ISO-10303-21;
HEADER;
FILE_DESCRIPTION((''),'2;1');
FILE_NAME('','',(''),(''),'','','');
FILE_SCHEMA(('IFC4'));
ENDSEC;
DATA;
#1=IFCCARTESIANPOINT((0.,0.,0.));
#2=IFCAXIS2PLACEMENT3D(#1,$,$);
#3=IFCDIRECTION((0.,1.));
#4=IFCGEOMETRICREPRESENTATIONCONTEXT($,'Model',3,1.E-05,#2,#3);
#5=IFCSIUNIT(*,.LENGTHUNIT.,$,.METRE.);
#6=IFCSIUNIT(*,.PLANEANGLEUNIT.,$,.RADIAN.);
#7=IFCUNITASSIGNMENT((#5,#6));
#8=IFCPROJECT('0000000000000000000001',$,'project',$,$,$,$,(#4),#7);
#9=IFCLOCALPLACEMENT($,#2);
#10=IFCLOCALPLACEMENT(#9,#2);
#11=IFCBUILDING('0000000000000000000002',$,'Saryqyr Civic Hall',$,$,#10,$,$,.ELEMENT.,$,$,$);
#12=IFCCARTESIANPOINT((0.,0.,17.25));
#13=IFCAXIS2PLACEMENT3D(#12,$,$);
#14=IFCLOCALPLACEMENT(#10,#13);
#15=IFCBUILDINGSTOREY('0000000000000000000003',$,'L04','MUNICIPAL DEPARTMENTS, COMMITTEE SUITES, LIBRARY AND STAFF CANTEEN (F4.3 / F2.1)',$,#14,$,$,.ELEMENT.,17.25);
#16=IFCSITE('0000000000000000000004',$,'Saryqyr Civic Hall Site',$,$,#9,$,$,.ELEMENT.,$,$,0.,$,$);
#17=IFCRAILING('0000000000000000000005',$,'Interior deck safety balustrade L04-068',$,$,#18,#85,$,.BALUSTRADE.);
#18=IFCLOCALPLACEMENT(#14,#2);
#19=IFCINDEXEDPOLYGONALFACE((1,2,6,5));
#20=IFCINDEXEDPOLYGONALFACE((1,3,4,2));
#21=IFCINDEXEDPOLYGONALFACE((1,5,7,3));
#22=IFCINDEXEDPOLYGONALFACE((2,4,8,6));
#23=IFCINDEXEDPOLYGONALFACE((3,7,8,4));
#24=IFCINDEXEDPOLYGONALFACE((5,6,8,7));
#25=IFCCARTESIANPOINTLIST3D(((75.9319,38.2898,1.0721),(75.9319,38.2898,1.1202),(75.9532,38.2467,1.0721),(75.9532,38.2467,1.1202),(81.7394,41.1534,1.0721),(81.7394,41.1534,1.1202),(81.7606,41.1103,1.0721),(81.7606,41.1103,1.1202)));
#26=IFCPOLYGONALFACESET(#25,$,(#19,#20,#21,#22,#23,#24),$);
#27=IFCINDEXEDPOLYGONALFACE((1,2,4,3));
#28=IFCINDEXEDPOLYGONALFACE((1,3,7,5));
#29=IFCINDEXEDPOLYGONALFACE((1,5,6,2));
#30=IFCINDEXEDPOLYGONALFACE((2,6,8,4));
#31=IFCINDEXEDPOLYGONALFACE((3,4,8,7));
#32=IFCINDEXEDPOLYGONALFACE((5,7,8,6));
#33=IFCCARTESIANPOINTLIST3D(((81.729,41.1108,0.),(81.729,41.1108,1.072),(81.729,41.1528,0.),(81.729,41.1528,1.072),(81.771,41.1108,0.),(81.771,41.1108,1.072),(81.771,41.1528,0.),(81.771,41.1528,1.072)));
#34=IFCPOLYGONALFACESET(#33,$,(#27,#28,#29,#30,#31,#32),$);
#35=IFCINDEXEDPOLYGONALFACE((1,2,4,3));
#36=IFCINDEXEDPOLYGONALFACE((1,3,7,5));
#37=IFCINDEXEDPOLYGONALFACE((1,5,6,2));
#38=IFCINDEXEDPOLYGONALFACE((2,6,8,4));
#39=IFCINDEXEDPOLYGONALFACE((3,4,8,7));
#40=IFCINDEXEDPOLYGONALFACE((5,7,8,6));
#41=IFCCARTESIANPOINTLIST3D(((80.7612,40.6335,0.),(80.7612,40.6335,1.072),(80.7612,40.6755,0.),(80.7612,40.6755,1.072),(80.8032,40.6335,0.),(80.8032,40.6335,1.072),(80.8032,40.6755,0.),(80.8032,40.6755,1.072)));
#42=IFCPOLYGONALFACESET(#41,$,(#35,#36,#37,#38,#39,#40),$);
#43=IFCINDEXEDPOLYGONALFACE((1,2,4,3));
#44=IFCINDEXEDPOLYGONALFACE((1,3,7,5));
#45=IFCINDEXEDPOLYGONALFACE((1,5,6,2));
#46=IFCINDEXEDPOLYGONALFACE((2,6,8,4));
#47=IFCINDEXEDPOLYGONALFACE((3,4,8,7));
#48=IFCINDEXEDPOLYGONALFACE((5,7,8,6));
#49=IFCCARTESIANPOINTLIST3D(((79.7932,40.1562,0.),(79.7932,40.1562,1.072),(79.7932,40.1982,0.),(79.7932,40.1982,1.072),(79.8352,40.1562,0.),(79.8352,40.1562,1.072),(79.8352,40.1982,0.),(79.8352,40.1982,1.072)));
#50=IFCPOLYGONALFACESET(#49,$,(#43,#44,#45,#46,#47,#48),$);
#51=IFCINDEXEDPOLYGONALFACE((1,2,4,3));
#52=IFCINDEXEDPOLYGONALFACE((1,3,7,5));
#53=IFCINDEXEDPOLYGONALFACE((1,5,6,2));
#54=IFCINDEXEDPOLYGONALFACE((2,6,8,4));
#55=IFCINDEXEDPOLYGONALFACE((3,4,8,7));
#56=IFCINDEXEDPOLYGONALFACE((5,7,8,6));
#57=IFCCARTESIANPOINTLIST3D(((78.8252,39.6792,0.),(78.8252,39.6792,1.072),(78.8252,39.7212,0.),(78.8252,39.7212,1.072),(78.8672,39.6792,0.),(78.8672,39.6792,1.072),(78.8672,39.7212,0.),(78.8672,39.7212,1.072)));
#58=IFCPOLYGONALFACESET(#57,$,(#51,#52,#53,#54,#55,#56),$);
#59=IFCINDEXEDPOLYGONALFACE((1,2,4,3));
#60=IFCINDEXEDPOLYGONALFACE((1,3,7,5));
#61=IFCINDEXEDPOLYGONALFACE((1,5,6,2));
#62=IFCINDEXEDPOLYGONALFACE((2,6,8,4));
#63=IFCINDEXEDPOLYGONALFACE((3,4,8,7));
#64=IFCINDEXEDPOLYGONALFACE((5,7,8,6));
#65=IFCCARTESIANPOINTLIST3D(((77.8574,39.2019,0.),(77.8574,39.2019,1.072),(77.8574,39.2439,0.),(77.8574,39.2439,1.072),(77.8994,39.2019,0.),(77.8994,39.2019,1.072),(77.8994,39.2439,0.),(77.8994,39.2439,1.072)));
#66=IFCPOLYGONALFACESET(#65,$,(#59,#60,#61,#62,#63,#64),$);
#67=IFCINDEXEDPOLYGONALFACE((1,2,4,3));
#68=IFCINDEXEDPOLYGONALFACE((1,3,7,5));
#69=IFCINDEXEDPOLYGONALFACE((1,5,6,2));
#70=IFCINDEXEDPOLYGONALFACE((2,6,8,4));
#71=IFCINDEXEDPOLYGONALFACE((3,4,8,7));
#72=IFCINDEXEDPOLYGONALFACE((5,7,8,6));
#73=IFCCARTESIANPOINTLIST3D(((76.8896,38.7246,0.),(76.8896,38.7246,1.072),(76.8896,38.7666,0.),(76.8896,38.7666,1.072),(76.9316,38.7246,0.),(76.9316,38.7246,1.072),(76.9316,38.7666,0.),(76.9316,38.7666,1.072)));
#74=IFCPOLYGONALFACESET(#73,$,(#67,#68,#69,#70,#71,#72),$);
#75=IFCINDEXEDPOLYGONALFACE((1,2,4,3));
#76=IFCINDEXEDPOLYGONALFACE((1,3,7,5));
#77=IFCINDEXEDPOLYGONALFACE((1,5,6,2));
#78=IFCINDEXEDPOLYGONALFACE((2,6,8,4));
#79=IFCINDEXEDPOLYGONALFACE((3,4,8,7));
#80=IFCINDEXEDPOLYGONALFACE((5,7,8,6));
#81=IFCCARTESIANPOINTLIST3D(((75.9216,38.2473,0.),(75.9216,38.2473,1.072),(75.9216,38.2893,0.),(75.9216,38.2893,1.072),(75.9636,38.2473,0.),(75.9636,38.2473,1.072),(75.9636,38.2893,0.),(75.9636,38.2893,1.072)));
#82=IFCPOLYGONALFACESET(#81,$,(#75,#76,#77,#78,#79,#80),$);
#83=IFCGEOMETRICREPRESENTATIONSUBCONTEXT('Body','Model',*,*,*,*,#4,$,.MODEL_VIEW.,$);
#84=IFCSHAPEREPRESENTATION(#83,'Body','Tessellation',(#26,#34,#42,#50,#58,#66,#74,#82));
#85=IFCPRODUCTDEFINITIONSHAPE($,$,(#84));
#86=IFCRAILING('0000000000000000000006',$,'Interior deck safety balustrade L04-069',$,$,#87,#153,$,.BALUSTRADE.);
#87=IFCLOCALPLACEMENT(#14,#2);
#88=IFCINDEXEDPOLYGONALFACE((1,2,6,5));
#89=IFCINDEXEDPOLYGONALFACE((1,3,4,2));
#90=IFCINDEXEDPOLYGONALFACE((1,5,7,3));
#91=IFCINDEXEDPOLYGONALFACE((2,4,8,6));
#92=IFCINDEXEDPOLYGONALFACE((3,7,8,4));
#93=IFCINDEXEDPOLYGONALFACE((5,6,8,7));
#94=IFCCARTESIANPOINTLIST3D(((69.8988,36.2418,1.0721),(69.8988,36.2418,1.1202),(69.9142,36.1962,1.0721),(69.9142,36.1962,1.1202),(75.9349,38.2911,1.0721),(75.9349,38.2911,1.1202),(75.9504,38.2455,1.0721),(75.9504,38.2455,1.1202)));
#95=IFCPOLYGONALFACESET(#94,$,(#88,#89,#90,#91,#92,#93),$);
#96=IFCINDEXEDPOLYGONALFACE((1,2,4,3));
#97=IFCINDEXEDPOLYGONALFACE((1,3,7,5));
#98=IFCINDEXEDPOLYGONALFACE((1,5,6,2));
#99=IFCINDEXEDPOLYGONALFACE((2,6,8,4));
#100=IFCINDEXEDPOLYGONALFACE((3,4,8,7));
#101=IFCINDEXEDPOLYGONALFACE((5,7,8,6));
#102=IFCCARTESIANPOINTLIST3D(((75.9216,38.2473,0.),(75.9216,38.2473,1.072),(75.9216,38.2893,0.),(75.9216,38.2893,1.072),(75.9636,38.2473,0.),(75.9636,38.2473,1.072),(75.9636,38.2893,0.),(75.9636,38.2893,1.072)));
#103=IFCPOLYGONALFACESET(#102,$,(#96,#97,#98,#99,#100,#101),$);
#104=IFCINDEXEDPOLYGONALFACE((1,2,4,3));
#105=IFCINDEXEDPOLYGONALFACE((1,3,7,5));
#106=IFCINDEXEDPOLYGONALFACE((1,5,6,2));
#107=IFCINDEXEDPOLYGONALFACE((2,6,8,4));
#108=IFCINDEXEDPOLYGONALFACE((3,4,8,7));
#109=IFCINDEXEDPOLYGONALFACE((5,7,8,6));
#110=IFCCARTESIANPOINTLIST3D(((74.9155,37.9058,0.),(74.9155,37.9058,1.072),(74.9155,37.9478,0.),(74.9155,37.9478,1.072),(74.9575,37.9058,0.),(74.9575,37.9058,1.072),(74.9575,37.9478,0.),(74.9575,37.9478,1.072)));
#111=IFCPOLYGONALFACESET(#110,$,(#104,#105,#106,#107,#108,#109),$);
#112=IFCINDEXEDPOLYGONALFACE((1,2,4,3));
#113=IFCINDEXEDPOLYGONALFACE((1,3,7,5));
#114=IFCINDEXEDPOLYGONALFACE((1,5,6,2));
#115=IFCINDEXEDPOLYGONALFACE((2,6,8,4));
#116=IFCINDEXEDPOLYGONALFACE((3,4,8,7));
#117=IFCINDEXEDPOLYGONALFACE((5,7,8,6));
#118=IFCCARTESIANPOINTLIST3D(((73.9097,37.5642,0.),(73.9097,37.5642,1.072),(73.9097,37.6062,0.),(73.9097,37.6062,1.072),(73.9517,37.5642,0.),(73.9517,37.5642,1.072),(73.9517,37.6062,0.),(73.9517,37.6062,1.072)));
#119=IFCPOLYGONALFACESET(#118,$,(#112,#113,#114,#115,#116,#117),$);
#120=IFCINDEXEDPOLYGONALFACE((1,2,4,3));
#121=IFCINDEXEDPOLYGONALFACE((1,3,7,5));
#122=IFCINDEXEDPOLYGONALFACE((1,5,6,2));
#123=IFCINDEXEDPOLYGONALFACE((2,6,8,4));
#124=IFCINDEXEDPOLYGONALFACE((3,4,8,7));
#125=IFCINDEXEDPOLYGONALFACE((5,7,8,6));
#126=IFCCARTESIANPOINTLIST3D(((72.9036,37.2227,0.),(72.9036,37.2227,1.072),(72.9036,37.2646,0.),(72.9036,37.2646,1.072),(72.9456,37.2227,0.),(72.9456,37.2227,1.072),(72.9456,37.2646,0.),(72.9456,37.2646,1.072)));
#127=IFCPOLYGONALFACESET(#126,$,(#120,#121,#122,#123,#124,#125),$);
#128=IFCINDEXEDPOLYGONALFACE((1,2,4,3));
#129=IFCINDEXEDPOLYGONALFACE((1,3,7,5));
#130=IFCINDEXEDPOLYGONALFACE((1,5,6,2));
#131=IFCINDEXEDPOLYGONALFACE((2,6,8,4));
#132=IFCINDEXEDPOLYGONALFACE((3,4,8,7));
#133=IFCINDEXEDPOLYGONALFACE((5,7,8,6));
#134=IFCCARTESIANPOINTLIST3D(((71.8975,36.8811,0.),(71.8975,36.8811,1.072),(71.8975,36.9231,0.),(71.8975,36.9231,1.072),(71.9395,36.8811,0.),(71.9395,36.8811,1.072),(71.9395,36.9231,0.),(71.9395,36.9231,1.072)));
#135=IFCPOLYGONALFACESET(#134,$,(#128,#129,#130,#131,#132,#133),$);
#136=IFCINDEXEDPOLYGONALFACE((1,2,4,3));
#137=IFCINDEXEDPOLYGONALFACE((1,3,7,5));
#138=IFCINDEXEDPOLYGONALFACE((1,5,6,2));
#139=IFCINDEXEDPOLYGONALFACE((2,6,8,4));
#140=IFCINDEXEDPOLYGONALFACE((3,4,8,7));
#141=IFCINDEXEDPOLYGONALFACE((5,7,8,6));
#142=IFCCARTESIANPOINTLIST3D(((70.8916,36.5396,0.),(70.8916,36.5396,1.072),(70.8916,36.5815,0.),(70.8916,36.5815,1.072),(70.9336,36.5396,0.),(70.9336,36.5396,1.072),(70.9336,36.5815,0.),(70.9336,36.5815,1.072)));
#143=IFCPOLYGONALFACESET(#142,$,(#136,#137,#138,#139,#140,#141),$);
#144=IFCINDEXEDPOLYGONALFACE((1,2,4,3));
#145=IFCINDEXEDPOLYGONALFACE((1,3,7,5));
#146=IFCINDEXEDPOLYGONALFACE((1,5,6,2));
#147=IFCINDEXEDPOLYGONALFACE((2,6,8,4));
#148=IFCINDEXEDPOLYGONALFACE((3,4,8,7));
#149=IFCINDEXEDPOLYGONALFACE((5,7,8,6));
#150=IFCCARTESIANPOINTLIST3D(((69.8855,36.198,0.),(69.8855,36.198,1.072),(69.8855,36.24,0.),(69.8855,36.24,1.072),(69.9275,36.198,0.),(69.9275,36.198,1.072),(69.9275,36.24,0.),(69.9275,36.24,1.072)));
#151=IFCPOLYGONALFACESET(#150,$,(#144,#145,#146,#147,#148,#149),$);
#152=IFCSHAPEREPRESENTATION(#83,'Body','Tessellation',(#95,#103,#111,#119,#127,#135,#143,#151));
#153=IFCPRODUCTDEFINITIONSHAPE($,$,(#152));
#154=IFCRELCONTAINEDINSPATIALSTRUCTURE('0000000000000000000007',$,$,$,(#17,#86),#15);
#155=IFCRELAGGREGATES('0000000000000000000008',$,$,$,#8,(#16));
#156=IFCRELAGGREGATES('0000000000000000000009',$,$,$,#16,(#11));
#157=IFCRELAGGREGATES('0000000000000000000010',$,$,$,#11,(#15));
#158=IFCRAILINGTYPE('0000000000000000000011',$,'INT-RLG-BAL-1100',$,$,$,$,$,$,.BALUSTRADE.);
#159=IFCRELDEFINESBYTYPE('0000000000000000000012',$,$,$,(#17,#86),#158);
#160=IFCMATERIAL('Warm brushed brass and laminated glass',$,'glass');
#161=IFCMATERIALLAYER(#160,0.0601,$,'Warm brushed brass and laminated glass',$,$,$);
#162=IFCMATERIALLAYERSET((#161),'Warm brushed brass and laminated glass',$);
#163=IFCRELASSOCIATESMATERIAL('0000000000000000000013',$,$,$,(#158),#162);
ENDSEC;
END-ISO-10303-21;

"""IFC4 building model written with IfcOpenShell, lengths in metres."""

from ifc_helpers import new_model, si_unit, direction, frame, origin, origin_2d, place, context, subcontext, project, spatial, rectangle, extrude, material, layer, layer_set, type_object, element, save


model = new_model("IFC4")

# Units and contexts
model_context = context("Model", 3, precision=1e-05, world=origin(), true_north=direction((0.0, 1.0)))
body_context = subcontext(model_context, "Body", "Model", "MODEL_VIEW")
ifc_project = project(units=[si_unit("LENGTHUNIT", "METRE"), si_unit("PLANEANGLEUNIT", "RADIAN")], contexts=[model_context])

# Site, building, storey
site_placement = place(None, origin())
site = spatial("IfcSite", under=ifc_project, at=site_placement, Name="Saryqyr Civic Hall Site", CompositionType="ELEMENT", RefElevation=0.0)
building_placement = place(site_placement, origin())
building = spatial("IfcBuilding", under=site, at=building_placement, Name="Saryqyr Civic Hall", CompositionType="ELEMENT")
storey_placement = place(building_placement, frame((0.0, 0.0, 17.25)))
storey = spatial("IfcBuildingStorey", under=building, at=storey_placement, Name="L04", Description="MUNICIPAL DEPARTMENTS, COMMITTEE SUITES, LIBRARY AND STAFF CANTEEN (F4.3 / F2.1)", CompositionType="ELEMENT", Elevation=17.25)

# Railings
ifc_material_1 = material(Name="Warm brushed brass and laminated glass", Category="glass")
ifc_layer_1 = layer(ifc_material_1, 0.0601, Name="Warm brushed brass and laminated glass")
ifc_layer_set_1 = layer_set([ifc_layer_1], Name="Warm brushed brass and laminated glass")
railing_type = type_object("IfcRailingType", Name="INT-RLG-BAL-1100", PredefinedType="BALUSTRADE", material=ifc_layer_set_1)
railing_1_placement = place(storey_placement, frame((81.75, 41.1318, 0.0)))
element("IfcRailing", 1, at=railing_1_placement, inside=storey, type_object=railing_type, Name="Interior deck safety balustrade L04-068", PredefinedType="BALUSTRADE", context=body_context, shape_type="SweptSolid", body=[
    extrude(rectangle(XDim=0.0481, YDim=0.0481, at=origin_2d()), frame((0.0, 0.0, 1.0962), z_axis=(-0.896894, -0.442245, 0.0), x_axis=(0.442245, -0.896894, 0.0)), (0.0, 0.0, 1.0), 6.4751),
    extrude(rectangle(XDim=0.042, YDim=0.042, at=origin_2d()), origin(), (0.0, 0.0, 1.0), 1.072),
    extrude(rectangle(XDim=0.042, YDim=0.042, at=origin_2d()), frame((-0.9678, -0.4773, 0.0)), (0.0, 0.0, 1.0), 1.072),
    extrude(rectangle(XDim=0.042, YDim=0.042, at=origin_2d()), frame((-1.9358, -0.9546, 0.0)), (0.0, 0.0, 1.0), 1.072),
    extrude(rectangle(XDim=0.042, YDim=0.042, at=origin_2d()), frame((-2.9038, -1.4316, 0.0)), (0.0, 0.0, 1.0), 1.072),
    extrude(rectangle(XDim=0.042, YDim=0.042, at=origin_2d()), frame((-3.8716, -1.9089, 0.0)), (0.0, 0.0, 1.0), 1.072),
    extrude(rectangle(XDim=0.042, YDim=0.042, at=origin_2d()), frame((-4.8394, -2.3862, 0.0)), (0.0, 0.0, 1.0), 1.072),
    extrude(rectangle(XDim=0.042, YDim=0.042, at=origin_2d()), frame((-5.8074, -2.8635, 0.0)), (0.0, 0.0, 1.0), 1.072),
])
railing_2_placement = place(storey_placement, frame((75.9426, 38.2683, 0.0)))
element("IfcRailing", 2, at=railing_2_placement, inside=storey, type_object=railing_type, Name="Interior deck safety balustrade L04-069", PredefinedType="BALUSTRADE", context=body_context, shape_type="SweptSolid", body=[
    extrude(rectangle(XDim=0.0481, YDim=0.0481, at=origin_2d()), frame((0.0, 0.0, 1.0962), z_axis=(-0.946915, -0.321485, 0.0), x_axis=(0.321485, -0.946915, 0.0)), (0.0, 0.0, 1.0), 6.3745),
    extrude(rectangle(XDim=0.042, YDim=0.042, at=origin_2d()), origin(), (0.0, 0.0, 1.0), 1.072),
    extrude(rectangle(XDim=0.042, YDim=0.042, at=origin_2d()), frame((-1.0061, -0.3416, 0.0)), (0.0, 0.0, 1.0), 1.072),
    extrude(rectangle(XDim=0.042, YDim=0.042, at=origin_2d()), frame((-2.012, -0.6831, 0.0)), (0.0, 0.0, 1.0), 1.072),
    extrude(rectangle(XDim=0.042, YDim=0.042, at=origin_2d()), frame((-3.0181, -1.0247, 0.0)), (0.0, 0.0, 1.0), 1.072),
    extrude(rectangle(XDim=0.042, YDim=0.042, at=origin_2d()), frame((-4.0242, -1.3662, 0.0)), (0.0, 0.0, 1.0), 1.072),
    extrude(rectangle(XDim=0.042, YDim=0.042, at=origin_2d()), frame((-5.03, -1.7078, 0.0)), (0.0, 0.0, 1.0), 1.072),
    extrude(rectangle(XDim=0.042, YDim=0.042, at=origin_2d()), frame((-6.0361, -2.0493, 0.0)), (0.0, 0.0, 1.0), 1.072),
])

save(model, "model.ifc")
